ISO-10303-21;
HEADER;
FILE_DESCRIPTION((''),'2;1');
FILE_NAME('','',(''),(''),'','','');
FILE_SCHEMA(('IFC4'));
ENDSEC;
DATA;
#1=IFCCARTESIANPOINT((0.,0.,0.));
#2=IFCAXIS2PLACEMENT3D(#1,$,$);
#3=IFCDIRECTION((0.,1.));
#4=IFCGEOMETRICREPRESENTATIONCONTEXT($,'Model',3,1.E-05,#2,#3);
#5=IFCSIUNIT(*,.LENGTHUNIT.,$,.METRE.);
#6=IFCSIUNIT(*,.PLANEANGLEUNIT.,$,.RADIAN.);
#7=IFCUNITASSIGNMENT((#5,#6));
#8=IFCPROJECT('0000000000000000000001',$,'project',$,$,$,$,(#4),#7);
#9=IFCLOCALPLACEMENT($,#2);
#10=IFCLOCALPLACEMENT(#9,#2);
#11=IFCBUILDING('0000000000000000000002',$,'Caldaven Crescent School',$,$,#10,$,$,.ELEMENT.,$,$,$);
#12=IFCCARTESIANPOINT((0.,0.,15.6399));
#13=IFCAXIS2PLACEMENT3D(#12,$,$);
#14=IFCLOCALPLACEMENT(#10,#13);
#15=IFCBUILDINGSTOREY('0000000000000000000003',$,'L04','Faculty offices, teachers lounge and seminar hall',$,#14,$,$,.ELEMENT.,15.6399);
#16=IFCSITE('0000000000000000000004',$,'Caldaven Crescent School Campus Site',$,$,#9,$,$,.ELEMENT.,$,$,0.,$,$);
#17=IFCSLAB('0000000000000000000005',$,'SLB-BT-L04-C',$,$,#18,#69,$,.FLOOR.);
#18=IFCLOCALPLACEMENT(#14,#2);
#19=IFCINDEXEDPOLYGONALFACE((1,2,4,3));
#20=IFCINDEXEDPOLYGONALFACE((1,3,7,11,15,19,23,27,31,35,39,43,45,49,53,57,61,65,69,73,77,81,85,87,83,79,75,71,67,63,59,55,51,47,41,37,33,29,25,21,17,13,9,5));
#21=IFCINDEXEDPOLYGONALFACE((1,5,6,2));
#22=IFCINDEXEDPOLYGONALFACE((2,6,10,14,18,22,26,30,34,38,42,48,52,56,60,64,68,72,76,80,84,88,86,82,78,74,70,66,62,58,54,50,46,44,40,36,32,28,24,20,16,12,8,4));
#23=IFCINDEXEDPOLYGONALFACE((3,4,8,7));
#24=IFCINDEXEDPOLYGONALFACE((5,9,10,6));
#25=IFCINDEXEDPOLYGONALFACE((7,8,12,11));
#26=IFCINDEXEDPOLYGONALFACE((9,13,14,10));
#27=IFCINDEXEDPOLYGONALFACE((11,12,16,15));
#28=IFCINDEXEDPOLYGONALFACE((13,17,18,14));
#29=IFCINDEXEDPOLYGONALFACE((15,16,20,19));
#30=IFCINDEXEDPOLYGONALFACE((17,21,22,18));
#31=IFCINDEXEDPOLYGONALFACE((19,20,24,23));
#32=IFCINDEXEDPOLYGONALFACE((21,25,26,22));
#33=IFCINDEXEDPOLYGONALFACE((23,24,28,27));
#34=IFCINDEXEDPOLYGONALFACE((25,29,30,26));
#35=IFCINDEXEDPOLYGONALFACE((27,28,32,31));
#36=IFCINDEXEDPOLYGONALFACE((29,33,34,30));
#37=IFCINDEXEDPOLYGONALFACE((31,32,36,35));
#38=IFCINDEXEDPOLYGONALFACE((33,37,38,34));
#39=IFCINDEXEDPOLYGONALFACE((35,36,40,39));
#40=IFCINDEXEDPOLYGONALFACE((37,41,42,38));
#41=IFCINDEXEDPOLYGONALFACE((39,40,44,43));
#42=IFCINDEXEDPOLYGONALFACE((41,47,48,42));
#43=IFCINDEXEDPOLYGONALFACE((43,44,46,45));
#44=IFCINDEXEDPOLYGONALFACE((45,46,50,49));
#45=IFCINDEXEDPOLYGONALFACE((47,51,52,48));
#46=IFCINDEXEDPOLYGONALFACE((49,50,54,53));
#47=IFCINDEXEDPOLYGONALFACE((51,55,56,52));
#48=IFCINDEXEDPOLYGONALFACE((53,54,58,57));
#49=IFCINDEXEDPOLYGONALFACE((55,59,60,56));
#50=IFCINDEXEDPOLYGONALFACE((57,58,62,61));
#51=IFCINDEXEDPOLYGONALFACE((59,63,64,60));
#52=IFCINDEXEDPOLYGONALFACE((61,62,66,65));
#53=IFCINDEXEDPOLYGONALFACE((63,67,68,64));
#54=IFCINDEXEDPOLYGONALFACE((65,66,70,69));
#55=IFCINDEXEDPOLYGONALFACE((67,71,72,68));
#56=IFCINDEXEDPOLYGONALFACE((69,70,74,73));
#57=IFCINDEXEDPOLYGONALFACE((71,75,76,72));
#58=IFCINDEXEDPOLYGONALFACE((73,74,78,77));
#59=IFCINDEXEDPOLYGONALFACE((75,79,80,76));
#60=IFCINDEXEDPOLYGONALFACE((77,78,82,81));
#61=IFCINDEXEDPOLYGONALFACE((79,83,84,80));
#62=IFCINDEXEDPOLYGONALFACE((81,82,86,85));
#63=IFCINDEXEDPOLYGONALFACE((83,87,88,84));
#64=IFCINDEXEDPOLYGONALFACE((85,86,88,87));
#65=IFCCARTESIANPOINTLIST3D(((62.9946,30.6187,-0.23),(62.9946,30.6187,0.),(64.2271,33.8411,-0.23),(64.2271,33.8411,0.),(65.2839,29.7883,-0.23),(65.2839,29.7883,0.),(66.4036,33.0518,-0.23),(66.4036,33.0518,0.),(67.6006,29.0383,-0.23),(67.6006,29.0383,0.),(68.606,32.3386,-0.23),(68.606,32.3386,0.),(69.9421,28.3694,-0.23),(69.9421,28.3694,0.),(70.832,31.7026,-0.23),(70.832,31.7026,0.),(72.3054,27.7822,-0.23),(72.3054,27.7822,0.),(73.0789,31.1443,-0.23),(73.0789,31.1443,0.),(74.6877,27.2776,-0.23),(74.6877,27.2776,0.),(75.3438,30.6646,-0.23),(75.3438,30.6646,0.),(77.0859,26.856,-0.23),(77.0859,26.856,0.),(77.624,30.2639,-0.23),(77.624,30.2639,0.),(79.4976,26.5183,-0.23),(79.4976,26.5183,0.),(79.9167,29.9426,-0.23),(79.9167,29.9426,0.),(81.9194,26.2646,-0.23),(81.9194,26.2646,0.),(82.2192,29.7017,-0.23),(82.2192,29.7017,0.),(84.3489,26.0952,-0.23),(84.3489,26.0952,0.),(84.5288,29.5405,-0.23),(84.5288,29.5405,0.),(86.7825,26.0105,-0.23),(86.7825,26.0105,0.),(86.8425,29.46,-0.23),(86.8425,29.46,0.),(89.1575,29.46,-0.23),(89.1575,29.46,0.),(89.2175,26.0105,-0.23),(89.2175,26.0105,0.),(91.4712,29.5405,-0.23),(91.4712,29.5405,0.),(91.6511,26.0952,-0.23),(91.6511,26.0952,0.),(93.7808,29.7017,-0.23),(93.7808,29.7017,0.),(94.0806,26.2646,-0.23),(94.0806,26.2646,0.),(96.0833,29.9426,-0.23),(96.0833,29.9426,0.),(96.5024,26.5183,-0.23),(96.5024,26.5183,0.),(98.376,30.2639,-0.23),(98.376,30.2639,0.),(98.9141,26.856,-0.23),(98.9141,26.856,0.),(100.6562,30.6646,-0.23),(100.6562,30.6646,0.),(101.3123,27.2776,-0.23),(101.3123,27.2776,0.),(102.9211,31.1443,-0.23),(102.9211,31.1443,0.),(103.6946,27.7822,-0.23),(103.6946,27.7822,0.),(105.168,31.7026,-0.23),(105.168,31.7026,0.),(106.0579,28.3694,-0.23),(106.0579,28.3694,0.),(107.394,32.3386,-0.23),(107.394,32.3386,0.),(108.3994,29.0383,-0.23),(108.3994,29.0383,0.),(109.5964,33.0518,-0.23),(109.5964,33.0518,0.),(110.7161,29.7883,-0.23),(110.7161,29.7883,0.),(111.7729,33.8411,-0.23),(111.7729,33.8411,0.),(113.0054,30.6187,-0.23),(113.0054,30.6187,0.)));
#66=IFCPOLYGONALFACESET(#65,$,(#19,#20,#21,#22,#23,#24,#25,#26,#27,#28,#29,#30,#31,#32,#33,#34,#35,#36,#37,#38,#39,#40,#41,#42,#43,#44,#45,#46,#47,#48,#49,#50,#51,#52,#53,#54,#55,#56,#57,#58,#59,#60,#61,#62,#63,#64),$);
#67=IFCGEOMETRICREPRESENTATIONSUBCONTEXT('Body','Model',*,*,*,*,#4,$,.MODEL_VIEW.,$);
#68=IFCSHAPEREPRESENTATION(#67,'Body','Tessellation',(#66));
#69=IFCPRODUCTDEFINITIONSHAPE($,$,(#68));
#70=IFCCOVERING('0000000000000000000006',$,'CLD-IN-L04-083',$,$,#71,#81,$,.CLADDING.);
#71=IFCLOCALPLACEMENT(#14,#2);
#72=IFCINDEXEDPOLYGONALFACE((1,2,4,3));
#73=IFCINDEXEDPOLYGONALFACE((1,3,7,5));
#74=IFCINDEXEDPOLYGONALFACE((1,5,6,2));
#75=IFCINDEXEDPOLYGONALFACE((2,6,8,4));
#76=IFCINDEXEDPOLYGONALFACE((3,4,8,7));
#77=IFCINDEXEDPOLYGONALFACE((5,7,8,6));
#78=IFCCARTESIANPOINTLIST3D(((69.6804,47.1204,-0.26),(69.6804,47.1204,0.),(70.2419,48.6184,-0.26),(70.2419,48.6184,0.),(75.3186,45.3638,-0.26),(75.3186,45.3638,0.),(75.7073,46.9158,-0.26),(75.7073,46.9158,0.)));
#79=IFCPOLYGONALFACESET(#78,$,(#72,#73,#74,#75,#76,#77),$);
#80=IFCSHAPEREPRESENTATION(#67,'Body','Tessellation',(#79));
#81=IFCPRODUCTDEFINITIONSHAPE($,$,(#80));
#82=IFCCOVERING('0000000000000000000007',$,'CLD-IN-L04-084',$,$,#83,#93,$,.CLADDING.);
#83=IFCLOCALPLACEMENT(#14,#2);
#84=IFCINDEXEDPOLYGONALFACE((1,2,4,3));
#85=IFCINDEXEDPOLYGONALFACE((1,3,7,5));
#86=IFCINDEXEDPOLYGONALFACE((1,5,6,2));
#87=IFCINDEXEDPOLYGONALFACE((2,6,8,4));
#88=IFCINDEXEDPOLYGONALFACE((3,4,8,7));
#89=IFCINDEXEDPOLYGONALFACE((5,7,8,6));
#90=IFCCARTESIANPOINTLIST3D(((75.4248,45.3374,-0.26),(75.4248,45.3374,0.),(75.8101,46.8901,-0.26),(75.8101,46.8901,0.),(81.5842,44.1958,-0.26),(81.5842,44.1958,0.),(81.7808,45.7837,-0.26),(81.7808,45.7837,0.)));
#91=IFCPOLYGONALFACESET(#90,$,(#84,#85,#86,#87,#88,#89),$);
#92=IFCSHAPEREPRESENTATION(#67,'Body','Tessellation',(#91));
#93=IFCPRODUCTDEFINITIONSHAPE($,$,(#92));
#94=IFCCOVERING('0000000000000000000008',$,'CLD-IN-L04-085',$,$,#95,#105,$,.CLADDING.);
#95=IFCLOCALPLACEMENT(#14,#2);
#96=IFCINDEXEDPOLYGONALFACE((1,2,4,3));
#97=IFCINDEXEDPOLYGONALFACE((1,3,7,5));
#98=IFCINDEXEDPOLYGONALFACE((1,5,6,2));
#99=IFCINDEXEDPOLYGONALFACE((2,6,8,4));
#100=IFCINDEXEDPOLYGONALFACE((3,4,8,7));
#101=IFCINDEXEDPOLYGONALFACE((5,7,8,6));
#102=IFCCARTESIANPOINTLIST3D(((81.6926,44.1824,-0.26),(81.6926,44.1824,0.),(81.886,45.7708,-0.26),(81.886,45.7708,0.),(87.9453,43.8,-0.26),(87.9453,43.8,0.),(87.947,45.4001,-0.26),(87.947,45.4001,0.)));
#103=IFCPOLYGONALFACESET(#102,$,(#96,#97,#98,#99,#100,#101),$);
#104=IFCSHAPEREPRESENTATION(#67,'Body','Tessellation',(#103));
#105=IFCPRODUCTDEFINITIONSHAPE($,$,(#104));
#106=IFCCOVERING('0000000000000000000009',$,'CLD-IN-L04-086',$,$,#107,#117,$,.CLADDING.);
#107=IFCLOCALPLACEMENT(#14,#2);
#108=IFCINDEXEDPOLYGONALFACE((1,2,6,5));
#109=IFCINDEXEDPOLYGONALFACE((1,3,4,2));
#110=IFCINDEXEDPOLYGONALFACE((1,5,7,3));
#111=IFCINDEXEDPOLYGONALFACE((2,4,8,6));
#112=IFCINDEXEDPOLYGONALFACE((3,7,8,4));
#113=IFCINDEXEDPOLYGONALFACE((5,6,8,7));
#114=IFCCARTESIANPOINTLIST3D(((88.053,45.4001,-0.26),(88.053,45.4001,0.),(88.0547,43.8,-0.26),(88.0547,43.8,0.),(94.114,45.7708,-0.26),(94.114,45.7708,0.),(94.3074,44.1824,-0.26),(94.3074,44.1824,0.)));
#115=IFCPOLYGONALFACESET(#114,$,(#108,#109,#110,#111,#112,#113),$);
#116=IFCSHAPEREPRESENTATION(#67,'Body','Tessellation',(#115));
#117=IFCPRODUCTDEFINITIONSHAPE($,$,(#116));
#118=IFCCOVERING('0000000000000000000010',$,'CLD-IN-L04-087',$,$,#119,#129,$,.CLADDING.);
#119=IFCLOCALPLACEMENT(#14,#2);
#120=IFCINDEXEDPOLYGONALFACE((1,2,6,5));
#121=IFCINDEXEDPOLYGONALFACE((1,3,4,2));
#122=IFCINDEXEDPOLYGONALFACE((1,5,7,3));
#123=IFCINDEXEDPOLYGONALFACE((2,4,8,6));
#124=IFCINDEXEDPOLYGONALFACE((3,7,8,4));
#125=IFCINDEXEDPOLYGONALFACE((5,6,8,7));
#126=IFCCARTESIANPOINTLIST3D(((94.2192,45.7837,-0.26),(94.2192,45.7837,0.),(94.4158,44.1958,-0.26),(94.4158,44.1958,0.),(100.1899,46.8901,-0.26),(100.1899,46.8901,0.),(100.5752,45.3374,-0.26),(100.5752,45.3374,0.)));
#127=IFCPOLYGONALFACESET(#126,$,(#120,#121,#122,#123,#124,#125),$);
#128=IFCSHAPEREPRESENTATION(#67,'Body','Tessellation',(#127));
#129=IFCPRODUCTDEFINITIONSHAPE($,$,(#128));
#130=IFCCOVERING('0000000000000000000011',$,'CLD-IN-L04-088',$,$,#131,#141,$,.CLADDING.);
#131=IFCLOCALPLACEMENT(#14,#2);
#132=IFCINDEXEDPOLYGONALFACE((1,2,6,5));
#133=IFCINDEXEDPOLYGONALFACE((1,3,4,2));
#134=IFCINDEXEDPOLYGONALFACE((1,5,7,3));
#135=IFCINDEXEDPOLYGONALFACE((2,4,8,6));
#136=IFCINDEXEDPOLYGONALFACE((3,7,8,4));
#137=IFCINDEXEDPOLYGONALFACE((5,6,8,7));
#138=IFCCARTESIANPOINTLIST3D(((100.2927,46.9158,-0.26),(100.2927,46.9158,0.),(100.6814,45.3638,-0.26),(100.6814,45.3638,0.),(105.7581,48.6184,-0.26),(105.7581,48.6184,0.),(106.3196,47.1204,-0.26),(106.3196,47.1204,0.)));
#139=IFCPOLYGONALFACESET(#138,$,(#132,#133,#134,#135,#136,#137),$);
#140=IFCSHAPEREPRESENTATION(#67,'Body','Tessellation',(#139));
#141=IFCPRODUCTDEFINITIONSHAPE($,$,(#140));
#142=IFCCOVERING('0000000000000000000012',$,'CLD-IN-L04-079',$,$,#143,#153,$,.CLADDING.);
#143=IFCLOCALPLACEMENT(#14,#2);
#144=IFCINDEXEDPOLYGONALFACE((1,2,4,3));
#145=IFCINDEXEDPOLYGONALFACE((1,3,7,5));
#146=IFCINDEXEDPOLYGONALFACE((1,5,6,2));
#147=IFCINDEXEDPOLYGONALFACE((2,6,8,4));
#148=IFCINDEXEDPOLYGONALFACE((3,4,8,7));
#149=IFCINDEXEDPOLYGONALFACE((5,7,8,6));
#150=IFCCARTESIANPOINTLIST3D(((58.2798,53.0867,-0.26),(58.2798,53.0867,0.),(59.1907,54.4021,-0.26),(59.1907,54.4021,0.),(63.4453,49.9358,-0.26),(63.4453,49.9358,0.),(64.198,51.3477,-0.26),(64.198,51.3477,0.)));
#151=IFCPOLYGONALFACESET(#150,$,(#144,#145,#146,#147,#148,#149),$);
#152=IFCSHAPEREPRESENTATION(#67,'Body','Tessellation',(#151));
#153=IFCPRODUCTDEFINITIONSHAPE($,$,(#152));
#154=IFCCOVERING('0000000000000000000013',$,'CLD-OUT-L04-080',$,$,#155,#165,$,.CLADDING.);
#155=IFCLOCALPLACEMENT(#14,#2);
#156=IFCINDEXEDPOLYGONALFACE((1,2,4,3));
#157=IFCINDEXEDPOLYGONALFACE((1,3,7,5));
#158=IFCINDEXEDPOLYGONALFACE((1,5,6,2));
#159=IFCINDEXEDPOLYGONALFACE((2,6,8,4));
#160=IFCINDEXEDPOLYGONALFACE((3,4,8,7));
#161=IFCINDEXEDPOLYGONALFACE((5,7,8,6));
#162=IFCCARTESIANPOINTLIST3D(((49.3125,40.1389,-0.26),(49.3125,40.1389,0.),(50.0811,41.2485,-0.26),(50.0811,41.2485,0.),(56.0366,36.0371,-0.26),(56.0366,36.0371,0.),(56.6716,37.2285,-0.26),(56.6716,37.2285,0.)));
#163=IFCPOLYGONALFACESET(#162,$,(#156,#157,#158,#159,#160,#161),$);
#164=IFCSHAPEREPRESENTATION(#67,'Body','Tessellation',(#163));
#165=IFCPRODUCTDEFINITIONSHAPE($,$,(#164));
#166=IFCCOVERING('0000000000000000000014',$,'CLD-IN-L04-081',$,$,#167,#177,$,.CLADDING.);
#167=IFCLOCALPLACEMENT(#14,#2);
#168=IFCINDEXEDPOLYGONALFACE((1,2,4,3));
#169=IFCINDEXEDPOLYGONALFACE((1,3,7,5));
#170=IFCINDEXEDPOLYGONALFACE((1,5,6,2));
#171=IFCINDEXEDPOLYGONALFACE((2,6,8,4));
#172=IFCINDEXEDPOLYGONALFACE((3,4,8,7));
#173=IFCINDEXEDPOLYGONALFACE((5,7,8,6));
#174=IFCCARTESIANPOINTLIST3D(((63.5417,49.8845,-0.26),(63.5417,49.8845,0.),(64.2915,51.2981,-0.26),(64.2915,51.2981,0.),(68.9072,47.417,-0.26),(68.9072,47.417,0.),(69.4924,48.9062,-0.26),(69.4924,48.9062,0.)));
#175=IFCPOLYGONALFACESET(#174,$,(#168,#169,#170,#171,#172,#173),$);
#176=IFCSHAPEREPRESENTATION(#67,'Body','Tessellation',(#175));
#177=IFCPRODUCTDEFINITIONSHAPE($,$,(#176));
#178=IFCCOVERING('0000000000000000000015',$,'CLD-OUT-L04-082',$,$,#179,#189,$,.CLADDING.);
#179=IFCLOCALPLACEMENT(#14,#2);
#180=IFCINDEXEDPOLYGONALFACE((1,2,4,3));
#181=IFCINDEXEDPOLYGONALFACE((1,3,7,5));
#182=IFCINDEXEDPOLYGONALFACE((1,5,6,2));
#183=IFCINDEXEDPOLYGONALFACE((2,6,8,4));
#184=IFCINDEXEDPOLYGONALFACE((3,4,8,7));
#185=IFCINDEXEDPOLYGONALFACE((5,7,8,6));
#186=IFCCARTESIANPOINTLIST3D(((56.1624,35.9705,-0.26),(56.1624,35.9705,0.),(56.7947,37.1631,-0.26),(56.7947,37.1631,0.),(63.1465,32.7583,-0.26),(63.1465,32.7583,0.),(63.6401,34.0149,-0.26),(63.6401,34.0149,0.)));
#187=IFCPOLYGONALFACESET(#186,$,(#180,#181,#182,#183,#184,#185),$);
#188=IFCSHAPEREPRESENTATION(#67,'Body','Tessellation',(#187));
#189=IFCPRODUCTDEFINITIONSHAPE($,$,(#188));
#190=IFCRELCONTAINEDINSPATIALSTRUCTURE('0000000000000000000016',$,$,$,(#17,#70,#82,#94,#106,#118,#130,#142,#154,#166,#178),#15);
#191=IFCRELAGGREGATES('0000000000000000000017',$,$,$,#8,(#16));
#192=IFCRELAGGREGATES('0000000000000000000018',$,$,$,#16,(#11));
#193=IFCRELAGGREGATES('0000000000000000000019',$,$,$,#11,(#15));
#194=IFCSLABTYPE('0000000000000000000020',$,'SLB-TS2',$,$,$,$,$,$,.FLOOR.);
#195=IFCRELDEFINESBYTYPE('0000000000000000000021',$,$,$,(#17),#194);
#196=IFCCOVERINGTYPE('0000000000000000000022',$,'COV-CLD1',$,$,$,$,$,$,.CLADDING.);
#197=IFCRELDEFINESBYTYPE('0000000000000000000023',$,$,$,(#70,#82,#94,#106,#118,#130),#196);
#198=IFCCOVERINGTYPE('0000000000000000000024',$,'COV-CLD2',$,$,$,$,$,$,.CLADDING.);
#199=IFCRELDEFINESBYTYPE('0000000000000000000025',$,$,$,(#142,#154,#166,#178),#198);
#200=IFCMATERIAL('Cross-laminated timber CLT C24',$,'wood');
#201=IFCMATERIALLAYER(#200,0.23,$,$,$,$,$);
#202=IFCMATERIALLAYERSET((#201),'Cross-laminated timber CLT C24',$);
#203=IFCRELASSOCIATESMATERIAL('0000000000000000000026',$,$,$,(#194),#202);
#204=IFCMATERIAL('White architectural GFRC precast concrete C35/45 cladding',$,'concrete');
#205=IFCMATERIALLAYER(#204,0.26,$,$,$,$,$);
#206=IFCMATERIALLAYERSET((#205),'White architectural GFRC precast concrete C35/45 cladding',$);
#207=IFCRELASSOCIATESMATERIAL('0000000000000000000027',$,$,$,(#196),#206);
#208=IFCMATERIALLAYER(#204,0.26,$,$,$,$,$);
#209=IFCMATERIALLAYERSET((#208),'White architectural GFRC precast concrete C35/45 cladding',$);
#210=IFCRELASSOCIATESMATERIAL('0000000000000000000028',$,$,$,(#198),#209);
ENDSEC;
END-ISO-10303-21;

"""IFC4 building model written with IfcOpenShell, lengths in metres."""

from ifc_helpers import new_model, si_unit, direction, frame, origin, place, context, subcontext, project, spatial, polyline, outline, extrude, material, layer, layer_set, type_object, element, save


model = new_model("IFC4")

# Units and contexts
model_context = context("Model", 3, precision=1e-05, world=origin(), true_north=direction((0.0, 1.0)))
body_context = subcontext(model_context, "Body", "Model", "MODEL_VIEW")
ifc_project = project(units=[si_unit("LENGTHUNIT", "METRE"), si_unit("PLANEANGLEUNIT", "RADIAN")], contexts=[model_context])

# Site, building, storey
site_placement = place(None, origin())
site = spatial("IfcSite", under=ifc_project, at=site_placement, Name="Caldaven Crescent School Campus Site", CompositionType="ELEMENT", RefElevation=0.0)
building_placement = place(site_placement, origin())
building = spatial("IfcBuilding", under=site, at=building_placement, Name="Caldaven Crescent School", CompositionType="ELEMENT")
storey_placement = place(building_placement, frame((0.0, 0.0, 15.6399)))
storey = spatial("IfcBuildingStorey", under=building, at=storey_placement, Name="L04", Description="Faculty offices, teachers lounge and seminar hall", CompositionType="ELEMENT", Elevation=15.6399)

# Slab
ifc_material_1 = material(Name="Cross-laminated timber CLT C24", Category="wood")
ifc_layer_1 = layer(ifc_material_1, 0.23)
ifc_layer_set_1 = layer_set([ifc_layer_1], Name="Cross-laminated timber CLT C24")
slab_type_1 = type_object("IfcSlabType", Name="SLB-TS2", PredefinedType="FLOOR", material=ifc_layer_set_1)
slab_1_placement = place(storey_placement, frame((0.0, 0.0, -0.23)))
element("IfcSlab", 1, at=slab_1_placement, inside=storey, type_object=slab_type_1, Name="SLB-BT-L04-C", PredefinedType="FLOOR", context=body_context, shape_type="SweptSolid", body=[
    extrude(outline(polyline([(62.9946, 30.6187), (65.2839, 29.7883), (67.6006, 29.0383), (69.9421, 28.3694), (72.3054, 27.7822), (74.6877, 27.2776), (77.0859, 26.856), (79.4976, 26.5183), (81.9194, 26.2646), (84.3489, 26.0952), (86.7825, 26.0105), (89.2175, 26.0105), (91.6511, 26.0952), (94.0806, 26.2646), (96.5024, 26.5183), (98.9141, 26.856), (101.3123, 27.2776), (103.6946, 27.7822), (106.0579, 28.3694), (108.3994, 29.0383), (110.7161, 29.7883), (113.0054, 30.6187), (111.7729, 33.8411), (109.5964, 33.0518), (107.394, 32.3386), (105.168, 31.7026), (102.9211, 31.1443), (100.6562, 30.6646), (98.376, 30.2639), (96.0833, 29.9426), (93.7808, 29.7017), (91.4712, 29.5405), (89.1575, 29.46), (86.8425, 29.46), (84.5288, 29.5405), (82.2192, 29.7017), (79.9167, 29.9426), (77.624, 30.2639), (75.3438, 30.6646), (73.0789, 31.1443), (70.832, 31.7026), (68.606, 32.3386), (66.4036, 33.0518), (64.2271, 33.8411), (62.9946, 30.6187)])), origin(), (0.0, 0.0, 1.0), 0.23),
])

# Coverings
ifc_material_2 = material(Name="White architectural GFRC precast concrete C35/45 cladding", Category="concrete")
ifc_layer_2 = layer(ifc_material_2, 0.26)
ifc_layer_set_2 = layer_set([ifc_layer_2], Name="White architectural GFRC precast concrete C35/45 cladding")
covering_type_1 = type_object("IfcCoveringType", Name="COV-CLD1", PredefinedType="CLADDING", material=ifc_layer_set_2)
covering_1_placement = place(storey_placement, frame((0.0, 0.0, -0.26)))
element("IfcCovering", 2, at=covering_1_placement, inside=storey, type_object=covering_type_1, Name="CLD-IN-L04-083", PredefinedType="CLADDING", context=body_context, shape_type="SweptSolid", body=[
    extrude(outline(polyline([(70.2419, 48.6184), (75.7073, 46.9158), (75.3186, 45.3638), (69.6804, 47.1204), (70.2419, 48.6184)])), origin(), (0.0, 0.0, 1.0), 0.26),
])
covering_2_placement = place(storey_placement, frame((0.0, 0.0, -0.26)))
element("IfcCovering", 3, at=covering_2_placement, inside=storey, type_object=covering_type_1, Name="CLD-IN-L04-084", PredefinedType="CLADDING", context=body_context, shape_type="SweptSolid", body=[
    extrude(outline(polyline([(75.8101, 46.8901), (81.7808, 45.7837), (81.5842, 44.1958), (75.4248, 45.3374), (75.8101, 46.8901)])), origin(), (0.0, 0.0, 1.0), 0.26),
])
covering_3_placement = place(storey_placement, frame((0.0, 0.0, -0.26)))
element("IfcCovering", 4, at=covering_3_placement, inside=storey, type_object=covering_type_1, Name="CLD-IN-L04-085", PredefinedType="CLADDING", context=body_context, shape_type="SweptSolid", body=[
    extrude(outline(polyline([(81.886, 45.7708), (87.947, 45.4001), (87.9453, 43.8), (81.6926, 44.1824), (81.886, 45.7708)])), origin(), (0.0, 0.0, 1.0), 0.26),
])
covering_4_placement = place(storey_placement, frame((0.0, 0.0, -0.26)))
element("IfcCovering", 5, at=covering_4_placement, inside=storey, type_object=covering_type_1, Name="CLD-IN-L04-086", PredefinedType="CLADDING", context=body_context, shape_type="SweptSolid", body=[
    extrude(outline(polyline([(88.053, 45.4001), (94.114, 45.7708), (94.3074, 44.1824), (88.0547, 43.8), (88.053, 45.4001)])), origin(), (0.0, 0.0, 1.0), 0.26),
])
covering_5_placement = place(storey_placement, frame((0.0, 0.0, -0.26)))
element("IfcCovering", 6, at=covering_5_placement, inside=storey, type_object=covering_type_1, Name="CLD-IN-L04-087", PredefinedType="CLADDING", context=body_context, shape_type="SweptSolid", body=[
    extrude(outline(polyline([(94.2192, 45.7837), (100.1899, 46.8901), (100.5752, 45.3374), (94.4158, 44.1958), (94.2192, 45.7837)])), origin(), (0.0, 0.0, 1.0), 0.26),
])
covering_6_placement = place(storey_placement, frame((0.0, 0.0, -0.26)))
element("IfcCovering", 7, at=covering_6_placement, inside=storey, type_object=covering_type_1, Name="CLD-IN-L04-088", PredefinedType="CLADDING", context=body_context, shape_type="SweptSolid", body=[
    extrude(outline(polyline([(100.2927, 46.9158), (105.7581, 48.6184), (106.3196, 47.1204), (100.6814, 45.3638), (100.2927, 46.9158)])), origin(), (0.0, 0.0, 1.0), 0.26),
])
ifc_layer_3 = layer(ifc_material_2, 0.26)
ifc_layer_set_3 = layer_set([ifc_layer_3], Name="White architectural GFRC precast concrete C35/45 cladding")
covering_type_2 = type_object("IfcCoveringType", Name="COV-CLD2", PredefinedType="CLADDING", material=ifc_layer_set_3)
covering_7_placement = place(storey_placement, frame((0.0, 0.0, -0.26)))
element("IfcCovering", 8, at=covering_7_placement, inside=storey, type_object=covering_type_2, Name="CLD-IN-L04-079", PredefinedType="CLADDING", context=body_context, shape_type="SweptSolid", body=[
    extrude(outline(polyline([(59.1907, 54.4021), (64.198, 51.3477), (63.4453, 49.9358), (58.2798, 53.0867), (59.1907, 54.4021)])), origin(), (0.0, 0.0, 1.0), 0.26),
])
covering_8_placement = place(storey_placement, frame((0.0, 0.0, -0.26)))
element("IfcCovering", 9, at=covering_8_placement, inside=storey, type_object=covering_type_2, Name="CLD-OUT-L04-080", PredefinedType="CLADDING", context=body_context, shape_type="SweptSolid", body=[
    extrude(outline(polyline([(50.0811, 41.2485), (56.6716, 37.2285), (56.0366, 36.0371), (49.3125, 40.1389), (50.0811, 41.2485)])), origin(), (0.0, 0.0, 1.0), 0.26),
])
covering_9_placement = place(storey_placement, frame((0.0, 0.0, -0.26)))
element("IfcCovering", 10, at=covering_9_placement, inside=storey, type_object=covering_type_2, Name="CLD-IN-L04-081", PredefinedType="CLADDING", context=body_context, shape_type="SweptSolid", body=[
    extrude(outline(polyline([(64.2915, 51.2981), (69.4924, 48.9062), (68.9072, 47.417), (63.5417, 49.8845), (64.2915, 51.2981)])), origin(), (0.0, 0.0, 1.0), 0.26),
])
covering_10_placement = place(storey_placement, frame((0.0, 0.0, -0.26)))
element("IfcCovering", 11, at=covering_10_placement, inside=storey, type_object=covering_type_2, Name="CLD-OUT-L04-082", PredefinedType="CLADDING", context=body_context, shape_type="SweptSolid", body=[
    extrude(outline(polyline([(56.7947, 37.1631), (63.6401, 34.0149), (63.1465, 32.7583), (56.1624, 35.9705), (56.7947, 37.1631)])), origin(), (0.0, 0.0, 1.0), 0.26),
])

save(model, "model.ifc")
